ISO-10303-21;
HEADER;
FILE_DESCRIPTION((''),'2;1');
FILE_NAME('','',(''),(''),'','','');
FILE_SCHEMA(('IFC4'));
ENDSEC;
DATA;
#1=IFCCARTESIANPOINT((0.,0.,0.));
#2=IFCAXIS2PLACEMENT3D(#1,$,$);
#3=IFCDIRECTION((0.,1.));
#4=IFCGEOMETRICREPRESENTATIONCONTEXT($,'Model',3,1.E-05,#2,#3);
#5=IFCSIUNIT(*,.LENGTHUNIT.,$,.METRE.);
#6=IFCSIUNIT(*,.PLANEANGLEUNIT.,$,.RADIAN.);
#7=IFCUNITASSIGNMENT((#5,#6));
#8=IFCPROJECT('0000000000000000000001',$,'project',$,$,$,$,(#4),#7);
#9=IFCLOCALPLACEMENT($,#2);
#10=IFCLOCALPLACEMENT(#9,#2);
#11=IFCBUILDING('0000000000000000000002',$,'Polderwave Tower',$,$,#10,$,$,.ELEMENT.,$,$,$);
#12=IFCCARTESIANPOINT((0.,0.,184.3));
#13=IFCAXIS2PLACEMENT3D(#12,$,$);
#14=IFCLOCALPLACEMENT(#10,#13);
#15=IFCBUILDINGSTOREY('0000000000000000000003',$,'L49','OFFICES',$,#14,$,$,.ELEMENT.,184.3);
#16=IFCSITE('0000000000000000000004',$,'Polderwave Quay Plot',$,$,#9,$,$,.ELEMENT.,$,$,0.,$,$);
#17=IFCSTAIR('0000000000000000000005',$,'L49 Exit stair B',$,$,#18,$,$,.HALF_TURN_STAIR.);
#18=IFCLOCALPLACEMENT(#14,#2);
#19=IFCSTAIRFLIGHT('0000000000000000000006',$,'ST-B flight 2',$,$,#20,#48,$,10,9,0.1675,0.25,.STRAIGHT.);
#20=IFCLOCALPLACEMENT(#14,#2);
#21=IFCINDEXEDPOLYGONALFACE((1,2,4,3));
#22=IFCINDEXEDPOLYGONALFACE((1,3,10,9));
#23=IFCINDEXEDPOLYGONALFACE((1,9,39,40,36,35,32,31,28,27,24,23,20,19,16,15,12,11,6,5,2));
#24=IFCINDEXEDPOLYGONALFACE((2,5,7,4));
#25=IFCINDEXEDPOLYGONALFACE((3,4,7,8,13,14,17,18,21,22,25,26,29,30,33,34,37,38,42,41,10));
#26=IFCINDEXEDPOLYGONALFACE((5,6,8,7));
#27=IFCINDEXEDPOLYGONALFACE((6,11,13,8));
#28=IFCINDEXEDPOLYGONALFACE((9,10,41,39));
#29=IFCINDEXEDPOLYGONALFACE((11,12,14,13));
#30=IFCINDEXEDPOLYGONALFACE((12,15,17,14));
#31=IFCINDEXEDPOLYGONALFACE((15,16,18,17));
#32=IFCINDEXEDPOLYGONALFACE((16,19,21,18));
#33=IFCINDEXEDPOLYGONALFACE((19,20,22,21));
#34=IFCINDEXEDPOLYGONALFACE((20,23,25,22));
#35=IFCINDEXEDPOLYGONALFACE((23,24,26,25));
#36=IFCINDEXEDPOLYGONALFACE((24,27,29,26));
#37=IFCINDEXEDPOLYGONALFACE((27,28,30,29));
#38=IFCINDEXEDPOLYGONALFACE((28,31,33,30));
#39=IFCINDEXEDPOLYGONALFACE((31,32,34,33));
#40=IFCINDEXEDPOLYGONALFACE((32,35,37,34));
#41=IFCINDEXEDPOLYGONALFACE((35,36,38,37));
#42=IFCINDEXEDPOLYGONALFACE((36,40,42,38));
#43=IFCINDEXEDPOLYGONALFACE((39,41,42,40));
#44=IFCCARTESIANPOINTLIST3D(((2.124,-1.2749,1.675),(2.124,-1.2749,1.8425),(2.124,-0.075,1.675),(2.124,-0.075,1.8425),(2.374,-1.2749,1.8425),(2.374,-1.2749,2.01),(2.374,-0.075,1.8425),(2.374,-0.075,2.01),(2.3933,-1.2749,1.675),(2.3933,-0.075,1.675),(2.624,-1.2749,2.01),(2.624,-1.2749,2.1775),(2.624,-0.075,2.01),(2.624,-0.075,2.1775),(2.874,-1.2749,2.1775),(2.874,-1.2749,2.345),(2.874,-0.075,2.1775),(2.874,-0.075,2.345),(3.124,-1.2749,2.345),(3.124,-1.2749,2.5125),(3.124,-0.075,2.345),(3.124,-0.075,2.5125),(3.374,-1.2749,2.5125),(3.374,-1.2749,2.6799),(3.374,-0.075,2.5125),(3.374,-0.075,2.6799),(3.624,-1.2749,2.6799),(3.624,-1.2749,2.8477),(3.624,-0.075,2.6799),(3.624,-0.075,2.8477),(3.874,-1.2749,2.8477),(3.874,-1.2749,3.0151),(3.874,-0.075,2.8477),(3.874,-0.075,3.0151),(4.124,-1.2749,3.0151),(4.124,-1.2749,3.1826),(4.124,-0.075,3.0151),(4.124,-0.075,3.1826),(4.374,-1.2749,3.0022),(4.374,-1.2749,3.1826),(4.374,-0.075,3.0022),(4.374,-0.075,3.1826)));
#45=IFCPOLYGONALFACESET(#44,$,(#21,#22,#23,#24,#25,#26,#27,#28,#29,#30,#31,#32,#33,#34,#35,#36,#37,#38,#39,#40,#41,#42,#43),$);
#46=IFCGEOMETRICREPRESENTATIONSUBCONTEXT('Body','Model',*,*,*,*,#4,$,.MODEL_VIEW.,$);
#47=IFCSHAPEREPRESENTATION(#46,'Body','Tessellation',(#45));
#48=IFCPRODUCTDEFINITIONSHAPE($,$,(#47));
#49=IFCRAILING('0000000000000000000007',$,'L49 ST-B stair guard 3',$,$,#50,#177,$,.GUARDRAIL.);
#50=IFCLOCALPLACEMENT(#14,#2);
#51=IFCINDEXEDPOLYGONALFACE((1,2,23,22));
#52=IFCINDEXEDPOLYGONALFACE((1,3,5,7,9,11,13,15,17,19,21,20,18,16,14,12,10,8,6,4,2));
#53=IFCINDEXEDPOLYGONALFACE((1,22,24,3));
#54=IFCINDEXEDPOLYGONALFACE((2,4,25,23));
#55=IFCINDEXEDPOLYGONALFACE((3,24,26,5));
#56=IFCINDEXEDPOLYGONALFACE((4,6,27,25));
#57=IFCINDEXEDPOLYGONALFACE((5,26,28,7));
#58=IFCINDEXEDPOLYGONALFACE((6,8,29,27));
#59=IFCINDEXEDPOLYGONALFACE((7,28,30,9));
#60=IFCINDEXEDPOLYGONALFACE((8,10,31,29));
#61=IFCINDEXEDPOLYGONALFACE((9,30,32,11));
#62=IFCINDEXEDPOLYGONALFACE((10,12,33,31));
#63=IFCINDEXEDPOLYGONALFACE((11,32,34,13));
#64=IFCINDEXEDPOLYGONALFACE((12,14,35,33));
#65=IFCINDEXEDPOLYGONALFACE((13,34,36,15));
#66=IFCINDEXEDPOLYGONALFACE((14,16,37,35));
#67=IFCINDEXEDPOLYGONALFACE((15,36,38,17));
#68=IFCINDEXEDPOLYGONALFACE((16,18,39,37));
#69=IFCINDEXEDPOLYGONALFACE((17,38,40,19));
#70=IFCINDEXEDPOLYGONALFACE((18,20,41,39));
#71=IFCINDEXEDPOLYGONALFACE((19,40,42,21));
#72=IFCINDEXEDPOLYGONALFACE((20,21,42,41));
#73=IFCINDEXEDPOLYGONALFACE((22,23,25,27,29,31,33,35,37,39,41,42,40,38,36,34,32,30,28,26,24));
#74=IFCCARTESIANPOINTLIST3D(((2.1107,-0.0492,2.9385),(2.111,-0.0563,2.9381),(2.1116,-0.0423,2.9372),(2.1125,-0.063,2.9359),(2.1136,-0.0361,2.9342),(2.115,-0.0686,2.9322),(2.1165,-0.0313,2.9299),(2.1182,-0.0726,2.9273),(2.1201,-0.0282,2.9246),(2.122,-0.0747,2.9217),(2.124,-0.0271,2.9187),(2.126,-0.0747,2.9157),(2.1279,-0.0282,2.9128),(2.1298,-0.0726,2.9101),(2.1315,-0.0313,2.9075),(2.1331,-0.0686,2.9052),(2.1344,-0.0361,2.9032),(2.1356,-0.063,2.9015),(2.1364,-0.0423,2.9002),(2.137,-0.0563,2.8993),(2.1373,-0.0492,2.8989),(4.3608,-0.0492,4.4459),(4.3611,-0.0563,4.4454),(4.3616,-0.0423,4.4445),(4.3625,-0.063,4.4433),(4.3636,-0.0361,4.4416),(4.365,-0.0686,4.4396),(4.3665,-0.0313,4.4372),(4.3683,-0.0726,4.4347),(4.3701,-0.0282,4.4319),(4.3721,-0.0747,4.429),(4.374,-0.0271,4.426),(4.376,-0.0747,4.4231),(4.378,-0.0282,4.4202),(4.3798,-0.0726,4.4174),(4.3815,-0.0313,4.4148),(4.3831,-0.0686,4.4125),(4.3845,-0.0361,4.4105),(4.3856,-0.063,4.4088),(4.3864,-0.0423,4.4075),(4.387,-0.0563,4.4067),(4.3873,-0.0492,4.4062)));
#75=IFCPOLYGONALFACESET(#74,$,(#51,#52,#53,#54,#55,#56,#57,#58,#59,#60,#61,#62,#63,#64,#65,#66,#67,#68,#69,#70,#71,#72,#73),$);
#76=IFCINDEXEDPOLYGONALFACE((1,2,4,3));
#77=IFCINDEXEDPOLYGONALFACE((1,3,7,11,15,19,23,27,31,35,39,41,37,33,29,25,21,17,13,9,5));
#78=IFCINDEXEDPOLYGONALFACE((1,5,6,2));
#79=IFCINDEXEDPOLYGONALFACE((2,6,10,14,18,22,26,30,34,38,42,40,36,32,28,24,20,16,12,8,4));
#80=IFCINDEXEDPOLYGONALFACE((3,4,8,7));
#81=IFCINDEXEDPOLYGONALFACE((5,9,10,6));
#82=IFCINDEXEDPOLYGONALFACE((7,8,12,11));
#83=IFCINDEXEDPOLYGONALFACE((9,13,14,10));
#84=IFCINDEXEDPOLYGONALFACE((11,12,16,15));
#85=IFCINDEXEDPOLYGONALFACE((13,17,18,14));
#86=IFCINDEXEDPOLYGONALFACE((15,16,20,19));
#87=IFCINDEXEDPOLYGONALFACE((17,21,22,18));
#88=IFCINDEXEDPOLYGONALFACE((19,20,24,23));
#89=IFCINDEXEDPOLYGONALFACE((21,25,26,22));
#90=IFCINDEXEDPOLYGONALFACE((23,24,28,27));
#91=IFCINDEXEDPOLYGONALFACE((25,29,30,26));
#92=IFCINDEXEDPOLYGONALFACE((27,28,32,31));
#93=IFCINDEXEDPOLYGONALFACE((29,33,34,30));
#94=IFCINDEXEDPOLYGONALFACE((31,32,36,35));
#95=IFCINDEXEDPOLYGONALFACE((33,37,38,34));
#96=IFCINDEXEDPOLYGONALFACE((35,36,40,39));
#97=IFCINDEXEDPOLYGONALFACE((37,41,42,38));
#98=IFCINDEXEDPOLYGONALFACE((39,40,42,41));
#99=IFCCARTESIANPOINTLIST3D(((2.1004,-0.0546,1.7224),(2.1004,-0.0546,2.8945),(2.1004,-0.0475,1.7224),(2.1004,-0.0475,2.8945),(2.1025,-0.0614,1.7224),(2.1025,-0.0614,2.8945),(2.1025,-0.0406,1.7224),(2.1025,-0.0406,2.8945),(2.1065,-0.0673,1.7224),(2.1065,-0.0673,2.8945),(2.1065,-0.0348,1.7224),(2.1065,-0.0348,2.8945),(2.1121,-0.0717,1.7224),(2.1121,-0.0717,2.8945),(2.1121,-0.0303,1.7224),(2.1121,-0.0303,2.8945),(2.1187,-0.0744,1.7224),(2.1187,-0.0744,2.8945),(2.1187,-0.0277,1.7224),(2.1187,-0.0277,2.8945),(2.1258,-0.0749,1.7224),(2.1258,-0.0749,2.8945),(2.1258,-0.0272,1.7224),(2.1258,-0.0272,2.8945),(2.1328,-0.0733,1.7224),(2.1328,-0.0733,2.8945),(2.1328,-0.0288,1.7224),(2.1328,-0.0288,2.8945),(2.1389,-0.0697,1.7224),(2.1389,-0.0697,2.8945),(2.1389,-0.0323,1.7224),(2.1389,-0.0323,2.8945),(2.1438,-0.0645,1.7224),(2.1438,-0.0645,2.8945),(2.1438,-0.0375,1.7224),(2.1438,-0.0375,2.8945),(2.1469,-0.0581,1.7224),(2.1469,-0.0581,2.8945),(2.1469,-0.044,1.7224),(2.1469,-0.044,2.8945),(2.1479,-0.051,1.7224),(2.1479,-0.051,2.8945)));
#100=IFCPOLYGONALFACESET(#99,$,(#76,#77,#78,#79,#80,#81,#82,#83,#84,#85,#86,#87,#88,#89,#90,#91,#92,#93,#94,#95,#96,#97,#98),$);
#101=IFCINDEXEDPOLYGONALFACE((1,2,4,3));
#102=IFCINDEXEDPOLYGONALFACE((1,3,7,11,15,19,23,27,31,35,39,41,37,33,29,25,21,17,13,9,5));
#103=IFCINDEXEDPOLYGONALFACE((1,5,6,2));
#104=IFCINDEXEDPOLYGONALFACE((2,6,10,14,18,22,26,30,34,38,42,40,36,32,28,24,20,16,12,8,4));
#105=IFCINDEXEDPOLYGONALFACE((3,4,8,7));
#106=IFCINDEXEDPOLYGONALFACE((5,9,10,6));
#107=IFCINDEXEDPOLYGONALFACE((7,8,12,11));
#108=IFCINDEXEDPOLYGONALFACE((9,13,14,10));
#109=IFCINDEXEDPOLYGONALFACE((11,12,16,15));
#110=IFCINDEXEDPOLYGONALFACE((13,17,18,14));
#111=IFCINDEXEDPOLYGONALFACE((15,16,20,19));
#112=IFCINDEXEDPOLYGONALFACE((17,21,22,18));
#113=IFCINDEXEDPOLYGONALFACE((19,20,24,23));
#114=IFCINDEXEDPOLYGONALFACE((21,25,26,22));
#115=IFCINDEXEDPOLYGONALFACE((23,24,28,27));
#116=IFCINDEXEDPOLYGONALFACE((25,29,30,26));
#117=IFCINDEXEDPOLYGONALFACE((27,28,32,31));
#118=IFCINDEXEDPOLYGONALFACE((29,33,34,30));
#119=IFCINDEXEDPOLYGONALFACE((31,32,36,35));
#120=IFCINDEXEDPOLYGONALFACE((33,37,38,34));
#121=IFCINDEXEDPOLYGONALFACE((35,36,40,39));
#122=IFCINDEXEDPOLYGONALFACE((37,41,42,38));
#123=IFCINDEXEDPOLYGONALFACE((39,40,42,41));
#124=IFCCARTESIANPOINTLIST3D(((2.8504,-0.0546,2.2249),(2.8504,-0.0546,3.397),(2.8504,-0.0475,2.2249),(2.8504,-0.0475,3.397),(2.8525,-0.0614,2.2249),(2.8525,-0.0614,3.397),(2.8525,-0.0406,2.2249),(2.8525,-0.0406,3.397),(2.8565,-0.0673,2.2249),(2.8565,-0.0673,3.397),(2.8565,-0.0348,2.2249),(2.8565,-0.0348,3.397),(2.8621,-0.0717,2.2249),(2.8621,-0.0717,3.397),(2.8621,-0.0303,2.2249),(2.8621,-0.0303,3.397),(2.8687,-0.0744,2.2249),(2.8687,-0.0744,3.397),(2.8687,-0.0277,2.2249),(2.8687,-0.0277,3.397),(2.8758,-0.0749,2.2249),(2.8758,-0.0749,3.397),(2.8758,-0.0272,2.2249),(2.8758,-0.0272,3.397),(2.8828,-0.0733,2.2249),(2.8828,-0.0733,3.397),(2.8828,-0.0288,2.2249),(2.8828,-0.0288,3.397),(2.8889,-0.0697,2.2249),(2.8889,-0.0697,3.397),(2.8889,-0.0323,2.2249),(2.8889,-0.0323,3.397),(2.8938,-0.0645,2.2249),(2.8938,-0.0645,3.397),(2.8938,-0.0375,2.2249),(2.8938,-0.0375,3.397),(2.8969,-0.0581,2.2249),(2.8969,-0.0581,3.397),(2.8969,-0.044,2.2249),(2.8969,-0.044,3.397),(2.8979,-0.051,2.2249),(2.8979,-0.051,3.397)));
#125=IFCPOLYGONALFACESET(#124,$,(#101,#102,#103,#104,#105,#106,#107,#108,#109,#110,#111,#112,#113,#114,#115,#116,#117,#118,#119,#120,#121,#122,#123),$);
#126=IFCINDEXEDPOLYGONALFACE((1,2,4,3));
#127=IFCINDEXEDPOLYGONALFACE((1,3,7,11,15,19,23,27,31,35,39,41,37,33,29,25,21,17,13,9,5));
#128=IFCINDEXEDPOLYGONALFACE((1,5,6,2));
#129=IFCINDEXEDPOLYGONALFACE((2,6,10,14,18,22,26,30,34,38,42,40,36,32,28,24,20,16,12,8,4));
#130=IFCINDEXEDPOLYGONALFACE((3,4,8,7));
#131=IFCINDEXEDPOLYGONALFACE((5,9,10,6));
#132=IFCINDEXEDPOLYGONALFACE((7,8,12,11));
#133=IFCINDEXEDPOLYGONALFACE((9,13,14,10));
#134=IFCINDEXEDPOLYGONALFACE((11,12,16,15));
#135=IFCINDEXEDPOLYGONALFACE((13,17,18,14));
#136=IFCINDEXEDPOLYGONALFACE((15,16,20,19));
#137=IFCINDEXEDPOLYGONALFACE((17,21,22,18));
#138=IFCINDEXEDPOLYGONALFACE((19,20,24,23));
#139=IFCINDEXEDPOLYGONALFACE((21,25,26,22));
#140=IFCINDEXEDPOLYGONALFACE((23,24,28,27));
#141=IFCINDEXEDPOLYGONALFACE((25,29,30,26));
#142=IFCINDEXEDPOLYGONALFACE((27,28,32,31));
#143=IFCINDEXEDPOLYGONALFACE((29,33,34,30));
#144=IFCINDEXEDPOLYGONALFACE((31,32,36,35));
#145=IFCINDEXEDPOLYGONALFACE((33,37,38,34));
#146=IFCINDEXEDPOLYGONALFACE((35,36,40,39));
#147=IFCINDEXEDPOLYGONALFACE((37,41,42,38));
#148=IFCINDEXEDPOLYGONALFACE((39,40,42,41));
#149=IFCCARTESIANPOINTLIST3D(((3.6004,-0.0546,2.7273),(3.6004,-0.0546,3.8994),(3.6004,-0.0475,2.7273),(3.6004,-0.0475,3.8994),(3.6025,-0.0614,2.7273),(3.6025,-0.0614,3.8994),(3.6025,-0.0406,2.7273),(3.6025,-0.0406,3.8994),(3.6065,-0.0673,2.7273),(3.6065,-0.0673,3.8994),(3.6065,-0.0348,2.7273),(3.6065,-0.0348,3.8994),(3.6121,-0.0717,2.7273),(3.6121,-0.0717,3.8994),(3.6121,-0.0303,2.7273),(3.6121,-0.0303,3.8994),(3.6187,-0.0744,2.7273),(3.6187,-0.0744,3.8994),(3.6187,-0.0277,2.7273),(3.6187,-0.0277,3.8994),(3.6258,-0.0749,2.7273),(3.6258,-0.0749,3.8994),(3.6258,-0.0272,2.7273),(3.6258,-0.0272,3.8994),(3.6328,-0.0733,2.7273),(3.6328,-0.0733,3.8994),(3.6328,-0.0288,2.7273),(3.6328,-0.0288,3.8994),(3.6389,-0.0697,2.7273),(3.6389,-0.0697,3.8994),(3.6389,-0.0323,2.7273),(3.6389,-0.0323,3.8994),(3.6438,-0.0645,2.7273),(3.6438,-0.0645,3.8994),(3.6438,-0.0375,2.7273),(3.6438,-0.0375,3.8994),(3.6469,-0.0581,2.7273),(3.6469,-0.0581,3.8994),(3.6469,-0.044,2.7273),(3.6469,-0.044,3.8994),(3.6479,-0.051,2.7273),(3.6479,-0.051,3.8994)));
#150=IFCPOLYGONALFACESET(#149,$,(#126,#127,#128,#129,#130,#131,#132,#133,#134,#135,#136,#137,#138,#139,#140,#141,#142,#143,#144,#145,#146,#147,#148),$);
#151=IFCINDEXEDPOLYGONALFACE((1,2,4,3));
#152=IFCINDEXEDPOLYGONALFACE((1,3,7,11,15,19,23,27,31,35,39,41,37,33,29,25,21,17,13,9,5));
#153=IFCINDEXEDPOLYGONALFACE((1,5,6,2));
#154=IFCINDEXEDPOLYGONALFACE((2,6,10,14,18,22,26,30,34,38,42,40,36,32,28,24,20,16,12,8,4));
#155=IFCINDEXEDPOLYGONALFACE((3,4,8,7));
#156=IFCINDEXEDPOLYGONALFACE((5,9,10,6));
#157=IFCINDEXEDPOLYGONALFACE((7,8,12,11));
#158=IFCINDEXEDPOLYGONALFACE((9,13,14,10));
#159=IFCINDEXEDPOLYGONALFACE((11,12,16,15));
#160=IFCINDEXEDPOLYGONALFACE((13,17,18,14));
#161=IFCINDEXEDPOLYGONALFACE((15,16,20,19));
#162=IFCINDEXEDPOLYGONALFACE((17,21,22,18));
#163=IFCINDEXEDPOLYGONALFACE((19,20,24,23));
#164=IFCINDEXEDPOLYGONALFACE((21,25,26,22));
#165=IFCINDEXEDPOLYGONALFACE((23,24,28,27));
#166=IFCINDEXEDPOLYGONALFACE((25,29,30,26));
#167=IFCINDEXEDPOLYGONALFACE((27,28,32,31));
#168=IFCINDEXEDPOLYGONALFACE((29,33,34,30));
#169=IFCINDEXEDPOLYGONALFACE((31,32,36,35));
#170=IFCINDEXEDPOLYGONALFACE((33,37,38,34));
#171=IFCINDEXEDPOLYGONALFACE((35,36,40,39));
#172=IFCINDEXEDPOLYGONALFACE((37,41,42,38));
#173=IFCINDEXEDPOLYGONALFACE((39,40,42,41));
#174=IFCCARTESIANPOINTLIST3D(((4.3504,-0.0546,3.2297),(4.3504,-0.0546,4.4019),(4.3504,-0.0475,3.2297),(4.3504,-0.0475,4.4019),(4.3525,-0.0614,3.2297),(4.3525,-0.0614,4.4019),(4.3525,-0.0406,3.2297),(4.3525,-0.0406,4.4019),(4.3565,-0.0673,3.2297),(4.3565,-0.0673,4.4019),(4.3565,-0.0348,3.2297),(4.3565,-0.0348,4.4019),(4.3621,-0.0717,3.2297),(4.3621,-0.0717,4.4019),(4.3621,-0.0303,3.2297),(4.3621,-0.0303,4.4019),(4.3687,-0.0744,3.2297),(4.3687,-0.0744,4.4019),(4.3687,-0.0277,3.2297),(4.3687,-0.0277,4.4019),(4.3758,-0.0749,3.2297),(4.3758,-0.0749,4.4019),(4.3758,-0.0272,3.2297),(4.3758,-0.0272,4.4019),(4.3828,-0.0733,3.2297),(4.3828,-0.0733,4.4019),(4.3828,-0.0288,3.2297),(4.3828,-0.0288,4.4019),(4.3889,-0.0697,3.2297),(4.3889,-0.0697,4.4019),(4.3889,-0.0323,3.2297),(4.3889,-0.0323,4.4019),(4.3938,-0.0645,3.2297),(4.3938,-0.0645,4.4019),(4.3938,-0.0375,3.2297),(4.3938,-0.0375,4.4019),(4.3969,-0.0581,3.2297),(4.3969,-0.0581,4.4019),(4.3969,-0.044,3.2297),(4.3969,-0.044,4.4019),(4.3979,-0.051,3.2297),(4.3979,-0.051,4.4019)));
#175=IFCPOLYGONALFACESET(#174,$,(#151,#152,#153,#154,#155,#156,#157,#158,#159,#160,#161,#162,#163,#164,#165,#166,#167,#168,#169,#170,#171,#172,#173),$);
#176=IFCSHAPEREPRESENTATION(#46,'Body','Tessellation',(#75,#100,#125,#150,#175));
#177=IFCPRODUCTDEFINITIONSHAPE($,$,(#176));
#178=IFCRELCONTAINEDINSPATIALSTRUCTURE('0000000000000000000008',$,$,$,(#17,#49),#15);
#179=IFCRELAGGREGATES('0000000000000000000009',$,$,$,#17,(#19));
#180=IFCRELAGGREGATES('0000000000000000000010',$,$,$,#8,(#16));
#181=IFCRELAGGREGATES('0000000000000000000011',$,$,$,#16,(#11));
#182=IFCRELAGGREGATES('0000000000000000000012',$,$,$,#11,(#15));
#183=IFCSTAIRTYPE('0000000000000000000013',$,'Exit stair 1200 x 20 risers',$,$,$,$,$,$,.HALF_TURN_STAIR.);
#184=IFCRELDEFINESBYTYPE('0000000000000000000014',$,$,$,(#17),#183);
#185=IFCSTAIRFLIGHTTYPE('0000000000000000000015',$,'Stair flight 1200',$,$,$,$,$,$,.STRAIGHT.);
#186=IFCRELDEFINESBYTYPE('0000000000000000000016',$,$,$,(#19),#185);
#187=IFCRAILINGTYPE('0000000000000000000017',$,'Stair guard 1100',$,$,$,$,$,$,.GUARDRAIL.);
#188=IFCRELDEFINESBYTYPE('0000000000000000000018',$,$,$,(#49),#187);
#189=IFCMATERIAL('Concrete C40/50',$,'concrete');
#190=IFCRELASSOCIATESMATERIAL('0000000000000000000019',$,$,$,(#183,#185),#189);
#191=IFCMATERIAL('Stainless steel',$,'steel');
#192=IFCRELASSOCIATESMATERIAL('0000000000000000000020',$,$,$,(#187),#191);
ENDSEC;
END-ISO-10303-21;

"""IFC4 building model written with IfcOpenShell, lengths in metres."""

from ifc_helpers import new_model, si_unit, direction, frame, origin, origin_2d, place, context, subcontext, project, spatial, polyline, circle, outline, extrude, material, type_object, element, aggregate, save


model = new_model("IFC4")

# Units and contexts
model_context = context("Model", 3, precision=1e-05, world=origin(), true_north=direction((0.0, 1.0)))
body_context = subcontext(model_context, "Body", "Model", "MODEL_VIEW")
ifc_project = project(units=[si_unit("LENGTHUNIT", "METRE"), si_unit("PLANEANGLEUNIT", "RADIAN")], contexts=[model_context])

# Site, building, storey
site_placement = place(None, origin())
site = spatial("IfcSite", under=ifc_project, at=site_placement, Name="Polderwave Quay Plot", CompositionType="ELEMENT", RefElevation=0.0)
building_placement = place(site_placement, origin())
building = spatial("IfcBuilding", under=site, at=building_placement, Name="Polderwave Tower", CompositionType="ELEMENT")
storey_placement = place(building_placement, frame((0.0, 0.0, 184.3)))
storey = spatial("IfcBuildingStorey", under=building, at=storey_placement, Name="L49", Description="OFFICES", CompositionType="ELEMENT", Elevation=184.3)

# Stair, stair flight
ifc_material_1 = material(Name="Concrete C40/50", Category="concrete")
stair_type = type_object("IfcStairType", Name="Exit stair 1200 x 20 risers", PredefinedType="HALF_TURN_STAIR", material=ifc_material_1)
stair_placement = place(storey_placement, origin())
stair = element("IfcStair", 1, at=stair_placement, inside=storey, type_object=stair_type, Name="L49 Exit stair B", PredefinedType="HALF_TURN_STAIR")
stair_flight_type = type_object("IfcStairFlightType", Name="Stair flight 1200", PredefinedType="STRAIGHT", material=ifc_material_1)
stair_flight_placement = place(storey_placement, frame((2.124, -0.675, 1.675), z_axis=(0.0, 0.0, 1.0), x_axis=(1.0, 0.0, 0.0)))
stair_flight = element("IfcStairFlight", 2, at=stair_flight_placement, type_object=stair_flight_type, Name="ST-B flight 2", NumberOfRisers=10, NumberOfTreads=9, PredefinedType="STRAIGHT", RiserHeight=0.1675, TreadLength=0.25, context=body_context, shape_type="SweptSolid", body=[
    extrude(outline(polyline([(0.0, 0.0), (0.0, 0.1675), (0.25, 0.1675), (0.25, 0.335), (0.5, 0.335), (0.5, 0.5024), (0.75, 0.5024), (0.75, 0.6699), (1.0, 0.6699), (1.0, 0.8374), (1.25, 0.8374), (1.25, 1.0049), (1.5, 1.0049), (1.5, 1.1726), (1.75, 1.1726), (1.75, 1.3401), (2.0, 1.3401), (2.0, 1.5076), (2.25, 1.5076), (2.25, 1.675), (2.25, 1.3271), (0.2693, 0.0), (0.0, 0.0)])), frame((0.0, 0.6001, 0.0), z_axis=(0.0, -1.0, 0.0), x_axis=(1.0, 0.0, 0.0)), (0.0, 0.0, 1.0), 1.2),
])
aggregate(stair, [stair_flight])

# Railing
ifc_material_2 = material(Name="Stainless steel", Category="steel")
railing_type_1 = type_object("IfcRailingType", Name="Stair guard 1100", PredefinedType="GUARDRAIL", material=ifc_material_2)
railing_1_placement = place(storey_placement, frame((2.124, -0.051, 1.7224)))
element("IfcRailing", 3, at=railing_1_placement, inside=storey, type_object=railing_type_1, Name="L49 ST-B stair guard 3", PredefinedType="GUARDRAIL", context=body_context, shape_type="SweptSolid", body=[
    extrude(circle(Radius=0.0239, at=origin_2d()), frame((0.0, 0.0, 1.1963), z_axis=(0.8308, 0.0, 0.556571), x_axis=(0.0, 1.0, 0.0)), (0.0, 0.0, 1.0), 2.7083),
    extrude(circle(Radius=0.0239, at=origin_2d()), origin(), (0.0, 0.0, 1.0), 1.1721),
    extrude(circle(Radius=0.0239, at=origin_2d()), frame((0.75, 0.0, 0.5024)), (0.0, 0.0, 1.0), 1.1721),
    extrude(circle(Radius=0.0239, at=origin_2d()), frame((1.5, 0.0, 1.0049)), (0.0, 0.0, 1.0), 1.1721),
    extrude(circle(Radius=0.0239, at=origin_2d()), frame((2.25, 0.0, 1.5073)), (0.0, 0.0, 1.0), 1.1721),
])

save(model, "model.ifc")
